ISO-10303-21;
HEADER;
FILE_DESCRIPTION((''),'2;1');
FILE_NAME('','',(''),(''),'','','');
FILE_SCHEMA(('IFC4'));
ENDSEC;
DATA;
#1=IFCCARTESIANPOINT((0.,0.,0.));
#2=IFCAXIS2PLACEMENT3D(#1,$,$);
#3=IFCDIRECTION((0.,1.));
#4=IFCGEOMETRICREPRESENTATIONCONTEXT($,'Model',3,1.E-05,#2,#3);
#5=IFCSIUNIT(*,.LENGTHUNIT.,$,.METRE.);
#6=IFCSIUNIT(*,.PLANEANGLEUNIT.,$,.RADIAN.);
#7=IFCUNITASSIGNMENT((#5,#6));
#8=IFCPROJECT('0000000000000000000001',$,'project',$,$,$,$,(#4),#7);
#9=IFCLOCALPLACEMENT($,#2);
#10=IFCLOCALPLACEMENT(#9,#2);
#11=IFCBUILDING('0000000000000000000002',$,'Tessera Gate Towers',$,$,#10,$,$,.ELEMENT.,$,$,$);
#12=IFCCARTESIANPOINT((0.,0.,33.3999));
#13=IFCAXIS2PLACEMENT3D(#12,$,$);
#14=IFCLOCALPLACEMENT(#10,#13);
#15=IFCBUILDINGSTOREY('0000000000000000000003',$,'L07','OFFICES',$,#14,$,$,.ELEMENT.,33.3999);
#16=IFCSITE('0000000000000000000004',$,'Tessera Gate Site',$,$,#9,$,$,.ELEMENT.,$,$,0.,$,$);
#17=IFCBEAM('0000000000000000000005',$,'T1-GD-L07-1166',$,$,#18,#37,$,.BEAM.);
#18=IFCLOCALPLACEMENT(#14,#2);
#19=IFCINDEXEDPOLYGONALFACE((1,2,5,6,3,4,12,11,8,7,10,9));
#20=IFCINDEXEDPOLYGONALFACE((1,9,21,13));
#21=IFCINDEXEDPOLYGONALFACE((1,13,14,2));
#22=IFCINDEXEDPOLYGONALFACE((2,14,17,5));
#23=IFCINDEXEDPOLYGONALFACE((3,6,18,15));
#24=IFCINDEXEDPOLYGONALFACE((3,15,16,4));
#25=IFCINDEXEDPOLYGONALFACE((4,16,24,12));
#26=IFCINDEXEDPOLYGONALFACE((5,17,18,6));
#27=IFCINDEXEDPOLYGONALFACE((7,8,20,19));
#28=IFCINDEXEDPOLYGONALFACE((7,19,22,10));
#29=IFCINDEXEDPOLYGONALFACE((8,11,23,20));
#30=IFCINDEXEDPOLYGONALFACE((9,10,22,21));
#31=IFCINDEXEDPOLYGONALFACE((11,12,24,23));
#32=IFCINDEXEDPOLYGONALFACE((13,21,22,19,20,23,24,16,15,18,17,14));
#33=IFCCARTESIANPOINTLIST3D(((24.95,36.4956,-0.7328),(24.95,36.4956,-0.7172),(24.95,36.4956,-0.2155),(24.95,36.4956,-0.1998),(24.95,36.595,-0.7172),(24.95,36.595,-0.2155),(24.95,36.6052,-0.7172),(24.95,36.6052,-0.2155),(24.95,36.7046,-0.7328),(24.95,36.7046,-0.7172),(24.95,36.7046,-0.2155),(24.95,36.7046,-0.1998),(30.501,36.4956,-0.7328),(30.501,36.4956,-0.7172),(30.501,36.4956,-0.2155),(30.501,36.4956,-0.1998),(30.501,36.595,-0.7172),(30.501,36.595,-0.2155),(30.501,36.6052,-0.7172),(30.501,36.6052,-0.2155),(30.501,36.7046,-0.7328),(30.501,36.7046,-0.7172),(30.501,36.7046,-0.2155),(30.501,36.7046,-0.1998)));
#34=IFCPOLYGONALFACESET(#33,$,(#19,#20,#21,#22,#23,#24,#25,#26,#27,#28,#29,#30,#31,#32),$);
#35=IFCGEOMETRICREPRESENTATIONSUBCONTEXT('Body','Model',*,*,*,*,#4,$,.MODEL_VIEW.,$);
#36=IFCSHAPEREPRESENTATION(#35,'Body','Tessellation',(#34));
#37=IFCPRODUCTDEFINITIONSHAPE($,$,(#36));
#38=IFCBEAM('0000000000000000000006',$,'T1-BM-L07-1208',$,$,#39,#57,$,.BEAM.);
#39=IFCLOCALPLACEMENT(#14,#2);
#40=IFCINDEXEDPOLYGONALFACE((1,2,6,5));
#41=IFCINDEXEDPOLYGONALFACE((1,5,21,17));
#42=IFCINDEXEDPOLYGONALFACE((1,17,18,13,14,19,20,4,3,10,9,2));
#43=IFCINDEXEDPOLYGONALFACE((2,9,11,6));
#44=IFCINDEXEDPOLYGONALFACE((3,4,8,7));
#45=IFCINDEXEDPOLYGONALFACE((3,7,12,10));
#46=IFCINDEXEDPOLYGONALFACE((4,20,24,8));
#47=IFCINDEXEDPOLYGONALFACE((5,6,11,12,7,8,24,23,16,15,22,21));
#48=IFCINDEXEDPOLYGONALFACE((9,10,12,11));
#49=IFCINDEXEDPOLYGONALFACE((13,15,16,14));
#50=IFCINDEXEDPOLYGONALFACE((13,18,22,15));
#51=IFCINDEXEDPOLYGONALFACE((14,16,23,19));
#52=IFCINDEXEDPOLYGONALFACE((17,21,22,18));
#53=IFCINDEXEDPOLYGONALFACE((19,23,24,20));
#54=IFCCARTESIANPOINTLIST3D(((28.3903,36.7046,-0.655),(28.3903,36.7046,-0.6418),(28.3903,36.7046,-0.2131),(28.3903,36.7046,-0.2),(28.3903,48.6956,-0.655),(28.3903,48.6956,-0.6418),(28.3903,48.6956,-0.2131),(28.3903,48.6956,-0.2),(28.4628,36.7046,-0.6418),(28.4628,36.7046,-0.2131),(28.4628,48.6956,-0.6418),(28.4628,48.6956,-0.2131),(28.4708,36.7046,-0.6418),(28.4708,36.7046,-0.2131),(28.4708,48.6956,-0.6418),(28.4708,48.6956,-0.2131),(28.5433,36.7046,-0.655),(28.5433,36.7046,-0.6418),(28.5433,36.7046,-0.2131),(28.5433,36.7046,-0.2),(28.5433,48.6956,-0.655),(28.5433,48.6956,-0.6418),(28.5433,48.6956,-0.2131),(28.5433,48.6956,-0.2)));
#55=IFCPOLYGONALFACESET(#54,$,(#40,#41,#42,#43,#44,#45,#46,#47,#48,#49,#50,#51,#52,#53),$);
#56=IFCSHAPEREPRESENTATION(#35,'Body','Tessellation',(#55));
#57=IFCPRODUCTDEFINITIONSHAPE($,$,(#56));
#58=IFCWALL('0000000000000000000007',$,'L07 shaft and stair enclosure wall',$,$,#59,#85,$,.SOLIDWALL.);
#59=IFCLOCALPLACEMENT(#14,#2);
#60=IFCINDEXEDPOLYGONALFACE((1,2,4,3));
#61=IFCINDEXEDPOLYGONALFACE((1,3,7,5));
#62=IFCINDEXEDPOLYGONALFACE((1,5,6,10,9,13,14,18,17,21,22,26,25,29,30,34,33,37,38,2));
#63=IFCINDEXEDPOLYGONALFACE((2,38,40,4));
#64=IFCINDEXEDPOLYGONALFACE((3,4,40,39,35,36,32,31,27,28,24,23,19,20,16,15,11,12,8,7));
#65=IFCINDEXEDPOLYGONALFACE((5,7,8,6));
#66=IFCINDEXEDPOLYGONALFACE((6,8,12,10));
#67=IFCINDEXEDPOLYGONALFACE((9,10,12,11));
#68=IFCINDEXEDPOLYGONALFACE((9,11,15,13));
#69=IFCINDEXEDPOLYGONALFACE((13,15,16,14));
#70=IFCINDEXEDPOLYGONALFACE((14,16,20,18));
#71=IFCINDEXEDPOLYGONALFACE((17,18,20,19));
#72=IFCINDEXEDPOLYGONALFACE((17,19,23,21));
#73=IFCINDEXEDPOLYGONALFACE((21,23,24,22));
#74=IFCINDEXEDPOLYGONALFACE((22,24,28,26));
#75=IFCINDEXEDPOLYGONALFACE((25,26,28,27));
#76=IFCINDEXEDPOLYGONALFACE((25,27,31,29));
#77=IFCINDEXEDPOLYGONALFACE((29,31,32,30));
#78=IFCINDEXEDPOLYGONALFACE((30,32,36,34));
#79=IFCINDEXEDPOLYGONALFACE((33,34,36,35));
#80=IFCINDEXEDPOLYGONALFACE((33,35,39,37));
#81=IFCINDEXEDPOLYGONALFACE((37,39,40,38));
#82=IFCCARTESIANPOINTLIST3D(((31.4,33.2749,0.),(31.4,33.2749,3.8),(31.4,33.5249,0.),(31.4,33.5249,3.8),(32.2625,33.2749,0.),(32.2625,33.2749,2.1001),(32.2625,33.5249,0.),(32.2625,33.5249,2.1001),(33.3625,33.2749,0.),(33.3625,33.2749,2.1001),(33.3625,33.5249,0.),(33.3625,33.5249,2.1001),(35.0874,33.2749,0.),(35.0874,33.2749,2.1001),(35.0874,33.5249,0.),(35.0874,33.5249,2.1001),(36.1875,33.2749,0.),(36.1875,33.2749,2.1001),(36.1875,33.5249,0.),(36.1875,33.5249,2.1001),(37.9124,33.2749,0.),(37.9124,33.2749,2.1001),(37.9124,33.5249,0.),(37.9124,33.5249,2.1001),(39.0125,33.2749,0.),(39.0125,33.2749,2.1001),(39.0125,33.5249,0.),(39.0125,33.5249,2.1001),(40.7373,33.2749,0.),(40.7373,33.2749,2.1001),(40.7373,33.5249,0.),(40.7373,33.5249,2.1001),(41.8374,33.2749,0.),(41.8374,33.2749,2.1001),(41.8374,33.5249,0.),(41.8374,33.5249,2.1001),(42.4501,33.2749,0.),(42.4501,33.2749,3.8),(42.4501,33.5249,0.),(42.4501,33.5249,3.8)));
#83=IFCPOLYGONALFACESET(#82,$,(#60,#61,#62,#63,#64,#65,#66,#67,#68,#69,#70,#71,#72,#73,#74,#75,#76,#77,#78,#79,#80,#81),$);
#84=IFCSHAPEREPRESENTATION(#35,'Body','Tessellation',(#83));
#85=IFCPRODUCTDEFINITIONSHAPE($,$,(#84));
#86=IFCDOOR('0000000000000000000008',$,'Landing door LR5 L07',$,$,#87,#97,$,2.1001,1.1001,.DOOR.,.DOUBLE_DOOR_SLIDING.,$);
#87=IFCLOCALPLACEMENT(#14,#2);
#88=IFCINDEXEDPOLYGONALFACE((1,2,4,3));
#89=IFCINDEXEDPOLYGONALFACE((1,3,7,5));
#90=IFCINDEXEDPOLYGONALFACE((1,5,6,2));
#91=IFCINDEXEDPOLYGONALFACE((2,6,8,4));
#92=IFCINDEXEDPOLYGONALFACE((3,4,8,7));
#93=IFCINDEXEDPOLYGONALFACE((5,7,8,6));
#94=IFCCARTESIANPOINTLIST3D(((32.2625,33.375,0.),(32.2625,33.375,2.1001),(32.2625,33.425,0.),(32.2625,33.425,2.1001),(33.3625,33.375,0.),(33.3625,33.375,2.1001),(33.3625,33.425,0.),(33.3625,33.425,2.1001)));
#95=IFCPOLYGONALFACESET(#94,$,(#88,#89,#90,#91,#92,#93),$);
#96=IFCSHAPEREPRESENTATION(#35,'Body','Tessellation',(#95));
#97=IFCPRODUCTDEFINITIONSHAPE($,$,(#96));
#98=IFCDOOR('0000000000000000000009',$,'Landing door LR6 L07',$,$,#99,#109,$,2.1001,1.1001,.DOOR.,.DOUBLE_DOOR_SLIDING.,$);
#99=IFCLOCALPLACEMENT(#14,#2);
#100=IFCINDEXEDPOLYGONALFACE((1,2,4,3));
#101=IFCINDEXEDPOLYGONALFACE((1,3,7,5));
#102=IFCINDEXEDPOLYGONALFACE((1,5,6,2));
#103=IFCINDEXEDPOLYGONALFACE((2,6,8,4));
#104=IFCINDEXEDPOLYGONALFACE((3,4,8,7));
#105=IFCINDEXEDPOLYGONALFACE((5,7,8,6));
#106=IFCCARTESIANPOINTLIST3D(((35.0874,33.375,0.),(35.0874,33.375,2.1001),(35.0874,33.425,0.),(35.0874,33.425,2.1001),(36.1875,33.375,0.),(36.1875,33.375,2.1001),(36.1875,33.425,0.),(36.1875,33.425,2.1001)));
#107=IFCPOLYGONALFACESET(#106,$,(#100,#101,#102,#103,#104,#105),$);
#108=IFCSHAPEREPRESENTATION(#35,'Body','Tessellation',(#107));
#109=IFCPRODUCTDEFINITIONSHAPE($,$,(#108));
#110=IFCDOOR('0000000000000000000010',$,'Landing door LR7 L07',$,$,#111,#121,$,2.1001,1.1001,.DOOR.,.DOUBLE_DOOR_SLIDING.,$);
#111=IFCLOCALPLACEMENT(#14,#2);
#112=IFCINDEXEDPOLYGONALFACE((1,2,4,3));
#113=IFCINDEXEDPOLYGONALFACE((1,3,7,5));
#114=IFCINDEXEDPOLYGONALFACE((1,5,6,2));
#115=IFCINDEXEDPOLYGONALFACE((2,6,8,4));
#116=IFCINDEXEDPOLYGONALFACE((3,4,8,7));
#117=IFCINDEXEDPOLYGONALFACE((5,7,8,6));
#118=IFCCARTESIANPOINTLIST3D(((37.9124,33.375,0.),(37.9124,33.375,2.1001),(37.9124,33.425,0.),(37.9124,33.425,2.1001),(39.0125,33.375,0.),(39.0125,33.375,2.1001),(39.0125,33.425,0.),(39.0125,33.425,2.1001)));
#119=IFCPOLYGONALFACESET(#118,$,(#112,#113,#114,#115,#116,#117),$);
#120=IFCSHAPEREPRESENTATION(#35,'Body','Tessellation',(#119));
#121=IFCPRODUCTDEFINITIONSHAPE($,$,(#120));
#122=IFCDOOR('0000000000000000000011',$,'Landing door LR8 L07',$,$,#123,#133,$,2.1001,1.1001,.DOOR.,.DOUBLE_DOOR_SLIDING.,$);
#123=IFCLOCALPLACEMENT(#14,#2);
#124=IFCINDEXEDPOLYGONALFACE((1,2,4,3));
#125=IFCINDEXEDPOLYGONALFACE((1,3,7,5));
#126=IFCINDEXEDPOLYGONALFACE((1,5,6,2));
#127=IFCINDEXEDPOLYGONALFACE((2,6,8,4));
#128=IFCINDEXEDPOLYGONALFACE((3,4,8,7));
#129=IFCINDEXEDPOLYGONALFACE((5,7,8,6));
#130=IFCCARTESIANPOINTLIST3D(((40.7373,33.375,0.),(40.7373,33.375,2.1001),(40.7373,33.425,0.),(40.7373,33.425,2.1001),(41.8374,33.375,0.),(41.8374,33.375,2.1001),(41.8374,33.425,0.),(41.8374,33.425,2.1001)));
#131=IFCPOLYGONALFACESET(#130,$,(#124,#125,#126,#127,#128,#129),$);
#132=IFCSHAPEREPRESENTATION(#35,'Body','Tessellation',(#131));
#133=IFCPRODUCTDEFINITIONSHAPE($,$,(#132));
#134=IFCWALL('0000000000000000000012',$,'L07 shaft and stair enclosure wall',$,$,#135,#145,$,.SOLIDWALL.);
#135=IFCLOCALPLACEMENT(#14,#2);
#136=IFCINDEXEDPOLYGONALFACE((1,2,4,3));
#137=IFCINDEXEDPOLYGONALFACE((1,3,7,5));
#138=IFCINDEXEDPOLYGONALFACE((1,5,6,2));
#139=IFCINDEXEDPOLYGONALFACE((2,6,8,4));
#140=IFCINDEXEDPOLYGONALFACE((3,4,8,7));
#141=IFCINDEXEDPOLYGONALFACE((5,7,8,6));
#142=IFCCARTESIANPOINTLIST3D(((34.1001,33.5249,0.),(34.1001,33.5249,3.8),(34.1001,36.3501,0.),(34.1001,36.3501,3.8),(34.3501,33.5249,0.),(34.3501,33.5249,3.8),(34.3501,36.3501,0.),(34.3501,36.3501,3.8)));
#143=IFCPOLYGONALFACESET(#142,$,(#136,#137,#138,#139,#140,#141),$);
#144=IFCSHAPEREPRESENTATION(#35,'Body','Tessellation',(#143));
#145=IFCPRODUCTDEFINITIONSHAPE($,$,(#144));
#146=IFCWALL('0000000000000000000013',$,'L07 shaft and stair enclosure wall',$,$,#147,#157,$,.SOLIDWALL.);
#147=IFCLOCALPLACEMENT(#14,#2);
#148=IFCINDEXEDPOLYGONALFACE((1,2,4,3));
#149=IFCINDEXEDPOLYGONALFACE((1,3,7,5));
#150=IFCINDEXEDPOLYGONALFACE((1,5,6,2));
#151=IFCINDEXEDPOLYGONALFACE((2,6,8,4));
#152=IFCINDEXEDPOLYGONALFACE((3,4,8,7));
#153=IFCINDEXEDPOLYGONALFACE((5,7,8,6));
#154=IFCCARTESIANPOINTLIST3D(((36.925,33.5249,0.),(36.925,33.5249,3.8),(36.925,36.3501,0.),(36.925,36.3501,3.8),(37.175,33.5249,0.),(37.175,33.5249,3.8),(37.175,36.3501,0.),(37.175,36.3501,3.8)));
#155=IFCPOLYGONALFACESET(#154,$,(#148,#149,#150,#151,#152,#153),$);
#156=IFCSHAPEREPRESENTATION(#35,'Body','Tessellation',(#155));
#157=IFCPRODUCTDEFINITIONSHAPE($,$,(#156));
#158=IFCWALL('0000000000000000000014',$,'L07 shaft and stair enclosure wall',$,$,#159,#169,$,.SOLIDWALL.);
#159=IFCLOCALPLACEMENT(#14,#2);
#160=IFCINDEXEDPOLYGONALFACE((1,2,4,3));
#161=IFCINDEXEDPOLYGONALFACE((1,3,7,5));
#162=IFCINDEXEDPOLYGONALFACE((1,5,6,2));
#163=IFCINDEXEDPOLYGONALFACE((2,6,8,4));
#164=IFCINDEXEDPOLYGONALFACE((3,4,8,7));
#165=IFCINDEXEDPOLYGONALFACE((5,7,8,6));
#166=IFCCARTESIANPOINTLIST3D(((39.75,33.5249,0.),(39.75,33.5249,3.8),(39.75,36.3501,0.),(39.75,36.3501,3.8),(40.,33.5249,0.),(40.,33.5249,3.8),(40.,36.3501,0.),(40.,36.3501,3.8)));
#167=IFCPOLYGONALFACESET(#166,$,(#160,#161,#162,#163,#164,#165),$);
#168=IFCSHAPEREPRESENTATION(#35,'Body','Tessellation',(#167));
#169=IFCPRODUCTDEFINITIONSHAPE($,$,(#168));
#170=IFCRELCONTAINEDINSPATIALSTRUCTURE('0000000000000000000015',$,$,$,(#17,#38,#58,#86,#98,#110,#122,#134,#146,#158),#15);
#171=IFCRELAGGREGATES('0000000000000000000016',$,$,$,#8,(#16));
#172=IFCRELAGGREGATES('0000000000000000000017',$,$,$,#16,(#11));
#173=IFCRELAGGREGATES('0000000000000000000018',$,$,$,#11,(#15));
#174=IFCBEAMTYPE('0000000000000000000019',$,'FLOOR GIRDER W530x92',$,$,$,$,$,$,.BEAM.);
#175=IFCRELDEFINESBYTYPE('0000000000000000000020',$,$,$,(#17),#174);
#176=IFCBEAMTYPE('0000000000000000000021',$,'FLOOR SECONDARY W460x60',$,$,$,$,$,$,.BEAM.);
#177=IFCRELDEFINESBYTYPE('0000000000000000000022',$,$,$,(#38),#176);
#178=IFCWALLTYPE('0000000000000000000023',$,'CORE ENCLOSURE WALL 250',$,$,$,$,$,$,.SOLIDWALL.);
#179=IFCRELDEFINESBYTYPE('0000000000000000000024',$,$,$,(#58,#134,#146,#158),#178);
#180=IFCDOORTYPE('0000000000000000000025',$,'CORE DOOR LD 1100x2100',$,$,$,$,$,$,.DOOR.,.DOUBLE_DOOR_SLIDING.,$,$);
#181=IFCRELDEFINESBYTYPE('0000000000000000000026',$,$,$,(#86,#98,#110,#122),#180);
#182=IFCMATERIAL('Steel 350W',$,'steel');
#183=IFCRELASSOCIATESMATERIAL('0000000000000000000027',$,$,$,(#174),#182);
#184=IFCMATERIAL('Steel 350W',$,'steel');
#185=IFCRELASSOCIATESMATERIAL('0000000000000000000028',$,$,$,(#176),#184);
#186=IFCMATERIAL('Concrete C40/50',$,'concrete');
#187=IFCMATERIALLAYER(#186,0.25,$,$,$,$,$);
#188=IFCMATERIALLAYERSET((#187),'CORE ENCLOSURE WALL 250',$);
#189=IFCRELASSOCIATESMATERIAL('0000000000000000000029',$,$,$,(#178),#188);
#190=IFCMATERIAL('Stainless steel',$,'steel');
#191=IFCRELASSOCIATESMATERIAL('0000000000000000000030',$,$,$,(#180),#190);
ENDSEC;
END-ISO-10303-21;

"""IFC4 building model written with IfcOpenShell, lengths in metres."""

from ifc_helpers import new_model, si_unit, direction, frame, frame_2d, origin, origin_2d, place, context, subcontext, project, spatial, rectangle, i_section, extrude, source, transform, mapped, material, layer, layer_set, material_profile, profile_set, type_object, element, fill, save


model = new_model("IFC4")

# Units and contexts
model_context = context("Model", 3, precision=1e-05, world=origin(), true_north=direction((0.0, 1.0)))
body_context = subcontext(model_context, "Body", "Model", "MODEL_VIEW")
ifc_project = project(units=[si_unit("LENGTHUNIT", "METRE"), si_unit("PLANEANGLEUNIT", "RADIAN")], contexts=[model_context])

# Site, building, storey
site_placement = place(None, origin())
site = spatial("IfcSite", under=ifc_project, at=site_placement, Name="Tessera Gate Site", CompositionType="ELEMENT", RefElevation=0.0)
building_placement = place(site_placement, origin())
building = spatial("IfcBuilding", under=site, at=building_placement, Name="Tessera Gate Towers", CompositionType="ELEMENT")
storey_placement = place(building_placement, frame((0.0, 0.0, 33.3999)))
storey = spatial("IfcBuildingStorey", under=building, at=storey_placement, Name="L07", Description="OFFICES", CompositionType="ELEMENT", Elevation=33.3999)

# Beams
ifc_material_1 = material(Name="Steel 350W", Category="steel")
ifc_material_profile_1 = material_profile(ifc_material_1, i_section(OverallWidth=0.209, OverallDepth=0.533, WebThickness=0.0103, FlangeThickness=0.0156, at=origin_2d()), Name="W530x92")
ifc_profile_set_1 = profile_set([ifc_material_profile_1], Name="Steel 350W")
beam_type_1 = type_object("IfcBeamType", Name="FLOOR GIRDER W530x92", PredefinedType="BEAM", material=ifc_profile_set_1)
beam_1_placement = place(storey_placement, frame((24.95, 36.6001, -0.4663), z_axis=(1.0, 0.0, 0.0), x_axis=(0.0, 1.0, 0.0)))
element("IfcBeam", 1, at=beam_1_placement, inside=storey, type_object=beam_type_1, Name="T1-GD-L07-1166", PredefinedType="BEAM", context=body_context, shape_type="SweptSolid", body=[
    extrude(i_section(OverallWidth=0.209, OverallDepth=0.533, WebThickness=0.0103, FlangeThickness=0.0156, at=origin_2d()), origin(), (0.0, 0.0, 1.0), 5.551),
])
ifc_material_2 = material(Name="Steel 350W", Category="steel")
ifc_material_profile_2 = material_profile(ifc_material_2, i_section(OverallWidth=0.1531, OverallDepth=0.4551, WebThickness=0.0081, FlangeThickness=0.0132, at=origin_2d()), Name="W460x60")
ifc_profile_set_2 = profile_set([ifc_material_profile_2], Name="Steel 350W")
beam_type_2 = type_object("IfcBeamType", Name="FLOOR SECONDARY W460x60", PredefinedType="BEAM", material=ifc_profile_set_2)
beam_2_placement = place(storey_placement, frame((28.4668, 36.7046, -0.4275), z_axis=(0.0, 1.0, 0.0), x_axis=(-1.0, 0.0, 0.0)))
element("IfcBeam", 2, at=beam_2_placement, inside=storey, type_object=beam_type_2, Name="T1-BM-L07-1208", PredefinedType="BEAM", context=body_context, shape_type="SweptSolid", body=[
    extrude(i_section(OverallWidth=0.1531, OverallDepth=0.4551, WebThickness=0.0081, FlangeThickness=0.0132, at=origin_2d()), origin(), (0.0, 0.0, 1.0), 11.991),
])

# Wall, openings, doors
ifc_material_3 = material(Name="Concrete C40/50", Category="concrete")
ifc_layer_1 = layer(ifc_material_3, 0.25)
ifc_layer_set_1 = layer_set([ifc_layer_1], Name="CORE ENCLOSURE WALL 250")
wall_type_1 = type_object("IfcWallType", Name="CORE ENCLOSURE WALL 250", PredefinedType="SOLIDWALL", material=ifc_layer_set_1)
wall_1_placement = place(storey_placement, frame((42.45, 33.3999, 0.0), z_axis=(0.0, 0.0, 1.0), x_axis=(-1.0, 0.0, 0.0)))
wall_1 = element("IfcWall", 3, at=wall_1_placement, inside=storey, type_object=wall_type_1, Name="L07 shaft and stair enclosure wall", PredefinedType="SOLIDWALL", context=body_context, shape_type="SweptSolid", body=[
    extrude(rectangle(XDim=11.05, YDim=0.25, at=frame_2d((5.5249, 0.0))), origin(), (0.0, 0.0, 1.0), 3.8),
])
shared_shape_1 = source(origin(), body_context, "Body", "SweptSolid", [
    extrude(rectangle(XDim=1.1001, YDim=2.1001, at=frame_2d((0.55, 1.05))), frame((0.0, 0.135, 0.0), z_axis=(0.0, -1.0, 0.0), x_axis=(1.0, 0.0, 0.0)), (0.0, 0.0, 1.0), 0.27),
])
opening_1_placement = place(wall_1_placement, frame((9.0874, 0.0, 0.0)))
opening_1 = element("IfcOpeningElement", 4, at=opening_1_placement, cuts=wall_1, PredefinedType="OPENING", context=body_context, shape_type="MappedRepresentation", body=[
    mapped(shared_shape_1, transform((0.0, 0.0, 0.0), scale=1.0)),
])
opening_2_placement = place(wall_1_placement, frame((6.2625, 0.0, 0.0)))
opening_2 = element("IfcOpeningElement", 5, at=opening_2_placement, cuts=wall_1, PredefinedType="OPENING", context=body_context, shape_type="MappedRepresentation", body=[
    mapped(shared_shape_1, transform((0.0, 0.0, 0.0), scale=1.0)),
])
opening_3_placement = place(wall_1_placement, frame((3.4375, 0.0, 0.0)))
opening_3 = element("IfcOpeningElement", 6, at=opening_3_placement, cuts=wall_1, PredefinedType="OPENING", context=body_context, shape_type="MappedRepresentation", body=[
    mapped(shared_shape_1, transform((0.0, 0.0, 0.0), scale=1.0)),
])
opening_4_placement = place(wall_1_placement, frame((0.6125, 0.0, 0.0)))
opening_4 = element("IfcOpeningElement", 7, at=opening_4_placement, cuts=wall_1, PredefinedType="OPENING", context=body_context, shape_type="MappedRepresentation", body=[
    mapped(shared_shape_1, transform((0.0, 0.0, 0.0), scale=1.0)),
])
ifc_material_4 = material(Name="Stainless steel", Category="steel")
door_type_1 = type_object("IfcDoorType", Name="CORE DOOR LD 1100x2100", OperationType="DOUBLE_DOOR_SLIDING", PredefinedType="DOOR", material=ifc_material_4)
shared_shape_2 = source(origin(), body_context, "Body", "SweptSolid", [
    extrude(rectangle(XDim=1.1001, YDim=2.1001, at=frame_2d((0.55, 1.05))), frame((0.0, 0.0249, 0.0), z_axis=(0.0, -1.0, 0.0), x_axis=(1.0, 0.0, 0.0)), (0.0, 0.0, 1.0), 0.05),
])
door_1_placement = place(opening_1_placement, origin())
door_1 = element("IfcDoor", 8, at=door_1_placement, inside=storey, type_object=door_type_1, Name="Landing door LR5 L07", OperationType="DOUBLE_DOOR_SLIDING", OverallHeight=2.1001, OverallWidth=1.1001, PredefinedType="DOOR", context=body_context, shape_type="MappedRepresentation", body=[
    mapped(shared_shape_2, transform((0.0, 0.0, 0.0), scale=1.0)),
])
fill(opening_1, door_1)
door_2_placement = place(opening_2_placement, origin())
door_2 = element("IfcDoor", 9, at=door_2_placement, inside=storey, type_object=door_type_1, Name="Landing door LR6 L07", OperationType="DOUBLE_DOOR_SLIDING", OverallHeight=2.1001, OverallWidth=1.1001, PredefinedType="DOOR", context=body_context, shape_type="MappedRepresentation", body=[
    mapped(shared_shape_2, transform((0.0, 0.0, 0.0), scale=1.0)),
])
fill(opening_2, door_2)
door_3_placement = place(opening_3_placement, origin())
door_3 = element("IfcDoor", 10, at=door_3_placement, inside=storey, type_object=door_type_1, Name="Landing door LR7 L07", OperationType="DOUBLE_DOOR_SLIDING", OverallHeight=2.1001, OverallWidth=1.1001, PredefinedType="DOOR", context=body_context, shape_type="MappedRepresentation", body=[
    mapped(shared_shape_2, transform((0.0, 0.0, 0.0), scale=1.0)),
])
fill(opening_3, door_3)
door_4_placement = place(opening_4_placement, origin())
door_4 = element("IfcDoor", 11, at=door_4_placement, inside=storey, type_object=door_type_1, Name="Landing door LR8 L07", OperationType="DOUBLE_DOOR_SLIDING", OverallHeight=2.1001, OverallWidth=1.1001, PredefinedType="DOOR", context=body_context, shape_type="MappedRepresentation", body=[
    mapped(shared_shape_2, transform((0.0, 0.0, 0.0), scale=1.0)),
])
fill(opening_4, door_4)

# Walls
for number, where, z_axis, x_axis, name in (
    (12, (34.2251, 33.5249, 0.0), (0.0, 0.0, 1.0), (0.0, 1.0, 0.0), "L07 shaft and stair enclosure wall"),
    (13, (37.05, 33.5249, 0.0), (0.0, 0.0, 1.0), (0.0, 1.0, 0.0), "L07 shaft and stair enclosure wall"),
    (14, (39.875, 33.5249, 0.0), (0.0, 0.0, 1.0), (0.0, 1.0, 0.0), "L07 shaft and stair enclosure wall"),
):
    element("IfcWall", number, at=place(storey_placement, frame(where, z_axis=z_axis, x_axis=x_axis)), inside=storey, type_object=wall_type_1, Name=name, PredefinedType="SOLIDWALL", context=body_context, shape_type="SweptSolid", body=[
        extrude(rectangle(XDim=2.8252, YDim=0.25, at=frame_2d((1.4126, 0.0))), origin(), (0.0, 0.0, 1.0), 3.8),
    ])

save(model, "model.ifc")
